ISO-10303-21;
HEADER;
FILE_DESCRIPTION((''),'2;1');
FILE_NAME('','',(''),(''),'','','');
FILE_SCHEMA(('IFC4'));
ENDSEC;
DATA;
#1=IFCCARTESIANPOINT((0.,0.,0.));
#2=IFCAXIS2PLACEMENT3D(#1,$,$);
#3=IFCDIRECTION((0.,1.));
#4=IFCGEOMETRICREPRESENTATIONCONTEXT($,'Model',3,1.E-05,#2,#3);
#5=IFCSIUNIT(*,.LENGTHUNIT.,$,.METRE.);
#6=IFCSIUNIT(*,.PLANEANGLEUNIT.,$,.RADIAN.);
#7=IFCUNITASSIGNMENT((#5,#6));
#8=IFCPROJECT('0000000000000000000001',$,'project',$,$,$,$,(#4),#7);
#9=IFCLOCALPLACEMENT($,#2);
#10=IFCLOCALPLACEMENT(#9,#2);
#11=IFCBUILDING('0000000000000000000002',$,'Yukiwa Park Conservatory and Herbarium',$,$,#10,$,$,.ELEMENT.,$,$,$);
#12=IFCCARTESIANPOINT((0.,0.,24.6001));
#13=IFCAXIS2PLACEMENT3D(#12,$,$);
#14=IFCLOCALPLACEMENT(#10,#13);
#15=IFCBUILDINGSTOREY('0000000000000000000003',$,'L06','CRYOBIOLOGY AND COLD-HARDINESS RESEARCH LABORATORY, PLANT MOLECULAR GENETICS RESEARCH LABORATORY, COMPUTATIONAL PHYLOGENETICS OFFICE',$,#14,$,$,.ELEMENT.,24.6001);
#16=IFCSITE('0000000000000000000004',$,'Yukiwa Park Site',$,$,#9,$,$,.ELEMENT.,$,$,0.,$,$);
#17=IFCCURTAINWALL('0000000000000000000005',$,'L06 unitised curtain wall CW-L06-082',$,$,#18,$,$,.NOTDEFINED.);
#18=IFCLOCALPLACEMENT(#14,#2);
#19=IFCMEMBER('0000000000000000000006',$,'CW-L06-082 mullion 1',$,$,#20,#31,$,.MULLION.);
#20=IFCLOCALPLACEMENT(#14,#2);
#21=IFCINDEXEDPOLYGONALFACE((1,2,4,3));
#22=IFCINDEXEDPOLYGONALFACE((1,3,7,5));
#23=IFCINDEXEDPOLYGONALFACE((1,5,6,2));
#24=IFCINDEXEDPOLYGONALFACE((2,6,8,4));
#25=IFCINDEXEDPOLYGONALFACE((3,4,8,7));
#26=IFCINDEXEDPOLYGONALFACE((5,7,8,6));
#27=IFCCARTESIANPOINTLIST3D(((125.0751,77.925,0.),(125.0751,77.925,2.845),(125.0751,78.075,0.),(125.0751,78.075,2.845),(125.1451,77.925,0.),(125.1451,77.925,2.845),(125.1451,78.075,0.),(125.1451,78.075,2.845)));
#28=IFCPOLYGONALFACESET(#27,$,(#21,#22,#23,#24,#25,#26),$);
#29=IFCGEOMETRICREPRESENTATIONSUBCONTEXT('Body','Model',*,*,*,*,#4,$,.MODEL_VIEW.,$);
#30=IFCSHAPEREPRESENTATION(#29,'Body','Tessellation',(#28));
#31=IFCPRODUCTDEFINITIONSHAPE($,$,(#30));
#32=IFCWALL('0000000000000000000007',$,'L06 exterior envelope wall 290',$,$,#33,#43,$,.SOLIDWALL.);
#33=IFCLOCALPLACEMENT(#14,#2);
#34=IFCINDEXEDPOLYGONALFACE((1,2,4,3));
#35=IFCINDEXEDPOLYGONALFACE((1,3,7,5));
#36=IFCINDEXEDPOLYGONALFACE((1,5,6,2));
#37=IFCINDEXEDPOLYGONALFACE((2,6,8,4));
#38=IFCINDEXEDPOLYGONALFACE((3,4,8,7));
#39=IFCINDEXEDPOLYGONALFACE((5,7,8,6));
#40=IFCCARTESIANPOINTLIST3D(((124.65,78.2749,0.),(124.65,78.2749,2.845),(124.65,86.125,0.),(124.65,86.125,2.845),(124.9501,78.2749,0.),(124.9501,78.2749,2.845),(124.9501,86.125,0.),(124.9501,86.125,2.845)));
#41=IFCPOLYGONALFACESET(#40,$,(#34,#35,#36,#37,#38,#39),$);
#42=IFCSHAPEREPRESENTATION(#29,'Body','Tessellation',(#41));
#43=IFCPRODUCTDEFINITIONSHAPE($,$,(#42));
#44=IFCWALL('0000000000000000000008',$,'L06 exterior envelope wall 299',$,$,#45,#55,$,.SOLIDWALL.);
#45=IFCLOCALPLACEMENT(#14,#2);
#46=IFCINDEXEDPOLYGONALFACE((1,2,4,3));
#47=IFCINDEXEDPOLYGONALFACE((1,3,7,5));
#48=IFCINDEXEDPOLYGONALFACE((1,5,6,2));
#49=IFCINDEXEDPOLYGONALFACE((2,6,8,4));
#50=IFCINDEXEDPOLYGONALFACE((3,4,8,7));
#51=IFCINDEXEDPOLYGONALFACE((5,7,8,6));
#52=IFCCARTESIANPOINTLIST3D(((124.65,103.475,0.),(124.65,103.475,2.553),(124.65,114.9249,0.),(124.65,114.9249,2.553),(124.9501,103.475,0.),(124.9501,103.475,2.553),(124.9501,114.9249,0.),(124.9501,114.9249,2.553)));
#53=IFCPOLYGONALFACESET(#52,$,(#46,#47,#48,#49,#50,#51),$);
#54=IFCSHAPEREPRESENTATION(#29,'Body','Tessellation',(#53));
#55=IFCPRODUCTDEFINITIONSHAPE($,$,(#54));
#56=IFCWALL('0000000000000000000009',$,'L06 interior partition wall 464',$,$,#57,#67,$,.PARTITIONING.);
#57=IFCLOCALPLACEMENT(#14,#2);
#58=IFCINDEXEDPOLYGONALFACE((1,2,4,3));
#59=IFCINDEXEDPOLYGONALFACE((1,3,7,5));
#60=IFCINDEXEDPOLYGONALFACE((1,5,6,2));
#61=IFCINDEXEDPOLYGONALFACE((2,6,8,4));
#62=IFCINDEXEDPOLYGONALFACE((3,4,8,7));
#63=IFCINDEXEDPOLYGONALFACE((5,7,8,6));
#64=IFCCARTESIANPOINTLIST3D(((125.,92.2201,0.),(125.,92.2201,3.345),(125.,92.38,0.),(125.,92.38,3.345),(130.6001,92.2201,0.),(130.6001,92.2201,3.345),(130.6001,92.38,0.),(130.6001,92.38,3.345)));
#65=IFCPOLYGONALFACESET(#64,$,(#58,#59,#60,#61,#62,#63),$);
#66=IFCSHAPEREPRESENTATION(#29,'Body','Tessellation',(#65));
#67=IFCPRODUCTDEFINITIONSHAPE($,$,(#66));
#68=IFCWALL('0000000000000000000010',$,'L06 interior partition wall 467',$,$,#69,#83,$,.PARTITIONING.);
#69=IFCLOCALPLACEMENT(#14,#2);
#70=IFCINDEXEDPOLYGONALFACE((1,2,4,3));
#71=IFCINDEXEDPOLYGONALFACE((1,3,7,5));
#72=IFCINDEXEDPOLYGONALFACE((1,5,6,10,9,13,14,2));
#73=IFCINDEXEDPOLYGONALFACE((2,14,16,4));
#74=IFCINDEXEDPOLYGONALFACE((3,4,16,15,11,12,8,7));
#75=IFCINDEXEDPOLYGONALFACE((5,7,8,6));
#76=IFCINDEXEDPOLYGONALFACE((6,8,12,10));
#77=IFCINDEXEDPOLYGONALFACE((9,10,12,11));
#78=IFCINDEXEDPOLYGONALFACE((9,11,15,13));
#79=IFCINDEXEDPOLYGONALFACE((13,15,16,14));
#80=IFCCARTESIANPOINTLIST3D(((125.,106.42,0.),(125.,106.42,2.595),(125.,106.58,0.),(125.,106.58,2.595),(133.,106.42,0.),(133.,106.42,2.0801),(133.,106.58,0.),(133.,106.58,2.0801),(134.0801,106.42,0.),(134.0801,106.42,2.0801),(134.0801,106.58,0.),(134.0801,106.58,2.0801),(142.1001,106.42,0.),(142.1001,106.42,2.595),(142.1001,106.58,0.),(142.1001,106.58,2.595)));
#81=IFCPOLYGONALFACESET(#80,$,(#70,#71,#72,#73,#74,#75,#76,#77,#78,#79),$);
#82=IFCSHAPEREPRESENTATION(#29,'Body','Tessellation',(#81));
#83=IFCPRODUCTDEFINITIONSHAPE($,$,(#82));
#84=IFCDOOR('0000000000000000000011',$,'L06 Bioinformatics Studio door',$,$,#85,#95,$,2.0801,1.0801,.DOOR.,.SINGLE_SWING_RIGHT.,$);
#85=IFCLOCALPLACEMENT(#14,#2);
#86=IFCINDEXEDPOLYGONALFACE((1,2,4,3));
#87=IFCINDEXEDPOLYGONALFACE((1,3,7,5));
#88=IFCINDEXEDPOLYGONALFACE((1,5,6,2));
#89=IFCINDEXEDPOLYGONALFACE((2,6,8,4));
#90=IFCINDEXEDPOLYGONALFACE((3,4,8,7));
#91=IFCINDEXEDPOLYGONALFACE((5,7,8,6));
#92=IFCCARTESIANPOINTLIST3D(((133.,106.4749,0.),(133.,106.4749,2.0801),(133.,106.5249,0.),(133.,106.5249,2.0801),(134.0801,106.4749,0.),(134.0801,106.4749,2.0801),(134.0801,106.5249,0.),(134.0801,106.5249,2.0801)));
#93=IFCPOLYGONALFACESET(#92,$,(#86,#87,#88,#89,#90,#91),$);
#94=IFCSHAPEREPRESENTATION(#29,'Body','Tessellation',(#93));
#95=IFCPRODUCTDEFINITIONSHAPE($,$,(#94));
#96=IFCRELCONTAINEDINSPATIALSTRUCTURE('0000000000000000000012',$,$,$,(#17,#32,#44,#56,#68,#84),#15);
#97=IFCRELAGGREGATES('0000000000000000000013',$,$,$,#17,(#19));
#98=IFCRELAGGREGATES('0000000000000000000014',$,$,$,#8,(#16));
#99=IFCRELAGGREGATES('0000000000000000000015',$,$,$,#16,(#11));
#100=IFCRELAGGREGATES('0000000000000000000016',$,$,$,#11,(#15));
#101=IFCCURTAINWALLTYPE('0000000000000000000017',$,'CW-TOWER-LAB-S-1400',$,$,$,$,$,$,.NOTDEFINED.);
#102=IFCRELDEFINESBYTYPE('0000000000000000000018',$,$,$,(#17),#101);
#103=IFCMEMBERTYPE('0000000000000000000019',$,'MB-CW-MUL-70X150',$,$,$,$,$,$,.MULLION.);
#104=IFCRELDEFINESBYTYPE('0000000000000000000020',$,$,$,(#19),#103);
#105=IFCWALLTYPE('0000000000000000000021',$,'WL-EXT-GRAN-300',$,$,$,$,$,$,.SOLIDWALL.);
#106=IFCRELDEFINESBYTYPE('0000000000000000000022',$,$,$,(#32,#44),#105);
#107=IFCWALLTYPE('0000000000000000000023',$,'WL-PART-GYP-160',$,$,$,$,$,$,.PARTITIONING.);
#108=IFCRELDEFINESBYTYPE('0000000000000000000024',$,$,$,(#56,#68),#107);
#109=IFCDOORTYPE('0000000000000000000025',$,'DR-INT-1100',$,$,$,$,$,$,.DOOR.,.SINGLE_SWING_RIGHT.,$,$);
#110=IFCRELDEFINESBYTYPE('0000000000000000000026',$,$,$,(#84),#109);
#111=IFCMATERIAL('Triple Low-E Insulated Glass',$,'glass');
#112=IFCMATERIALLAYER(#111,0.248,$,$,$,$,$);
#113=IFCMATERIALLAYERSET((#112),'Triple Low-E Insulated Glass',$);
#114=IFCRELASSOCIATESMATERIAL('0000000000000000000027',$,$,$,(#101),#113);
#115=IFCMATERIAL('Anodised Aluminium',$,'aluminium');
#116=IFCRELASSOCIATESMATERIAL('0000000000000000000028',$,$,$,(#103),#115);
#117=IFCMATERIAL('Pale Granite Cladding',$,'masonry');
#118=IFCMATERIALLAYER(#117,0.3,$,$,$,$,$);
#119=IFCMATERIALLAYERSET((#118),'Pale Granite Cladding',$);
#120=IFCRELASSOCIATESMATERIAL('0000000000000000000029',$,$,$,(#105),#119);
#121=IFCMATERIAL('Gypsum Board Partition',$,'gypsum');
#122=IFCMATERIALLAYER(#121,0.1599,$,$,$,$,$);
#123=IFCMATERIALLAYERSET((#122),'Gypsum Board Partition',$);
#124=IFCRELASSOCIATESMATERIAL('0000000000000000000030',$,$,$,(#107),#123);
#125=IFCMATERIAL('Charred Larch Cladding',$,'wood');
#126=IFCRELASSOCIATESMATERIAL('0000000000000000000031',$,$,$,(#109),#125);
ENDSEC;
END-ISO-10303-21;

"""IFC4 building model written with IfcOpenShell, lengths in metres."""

from ifc_helpers import new_model, si_unit, direction, frame, frame_2d, origin, origin_2d, place, context, subcontext, project, spatial, rectangle, extrude, material, layer, layer_set, type_object, element, fill, aggregate, save


model = new_model("IFC4")

# Units and contexts
model_context = context("Model", 3, precision=1e-05, world=origin(), true_north=direction((0.0, 1.0)))
body_context = subcontext(model_context, "Body", "Model", "MODEL_VIEW")
ifc_project = project(units=[si_unit("LENGTHUNIT", "METRE"), si_unit("PLANEANGLEUNIT", "RADIAN")], contexts=[model_context])

# Site, building, storey
site_placement = place(None, origin())
site = spatial("IfcSite", under=ifc_project, at=site_placement, Name="Yukiwa Park Site", CompositionType="ELEMENT", RefElevation=0.0)
building_placement = place(site_placement, origin())
building = spatial("IfcBuilding", under=site, at=building_placement, Name="Yukiwa Park Conservatory and Herbarium", CompositionType="ELEMENT")
storey_placement = place(building_placement, frame((0.0, 0.0, 24.6001)))
storey = spatial("IfcBuildingStorey", under=building, at=storey_placement, Name="L06", Description="CRYOBIOLOGY AND COLD-HARDINESS RESEARCH LABORATORY, PLANT MOLECULAR GENETICS RESEARCH LABORATORY, COMPUTATIONAL PHYLOGENETICS OFFICE", CompositionType="ELEMENT", Elevation=24.6001)

# Curtain wall, member
ifc_material_1 = material(Name="Triple Low-E Insulated Glass", Category="glass")
ifc_layer_1 = layer(ifc_material_1, 0.248)
ifc_layer_set_1 = layer_set([ifc_layer_1], Name="Triple Low-E Insulated Glass")
curtain_wall_type = type_object("IfcCurtainWallType", Name="CW-TOWER-LAB-S-1400", PredefinedType="NOTDEFINED", material=ifc_layer_set_1)
curtain_wall_placement = place(storey_placement, origin())
curtain_wall = element("IfcCurtainWall", 1, at=curtain_wall_placement, inside=storey, type_object=curtain_wall_type, Name="L06 unitised curtain wall CW-L06-082", PredefinedType="NOTDEFINED")
ifc_material_2 = material(Name="Anodised Aluminium", Category="aluminium")
member_type = type_object("IfcMemberType", Name="MB-CW-MUL-70X150", PredefinedType="MULLION", material=ifc_material_2)
member_placement = place(storey_placement, frame((125.1101, 78.0, 0.0), z_axis=(0.0, 0.0, 1.0), x_axis=(1.0, 0.0, 0.0)))
member = element("IfcMember", 2, at=member_placement, type_object=member_type, Name="CW-L06-082 mullion 1", PredefinedType="MULLION", context=body_context, shape_type="SweptSolid", body=[
    extrude(rectangle(XDim=0.0701, YDim=0.1499, at=origin_2d()), origin(), (0.0, 0.0, 1.0), 2.845),
])
aggregate(curtain_wall, [member])

# Walls
ifc_material_3 = material(Name="Pale Granite Cladding", Category="masonry")
ifc_layer_2 = layer(ifc_material_3, 0.3)
ifc_layer_set_2 = layer_set([ifc_layer_2], Name="Pale Granite Cladding")
wall_type_1 = type_object("IfcWallType", Name="WL-EXT-GRAN-300", PredefinedType="SOLIDWALL", material=ifc_layer_set_2)
wall_1_placement = place(storey_placement, frame((124.8, 86.125, 0.0), z_axis=(0.0, 0.0, 1.0), x_axis=(0.0, -1.0, 0.0)))
element("IfcWall", 3, at=wall_1_placement, inside=storey, type_object=wall_type_1, Name="L06 exterior envelope wall 290", PredefinedType="SOLIDWALL", context=body_context, shape_type="SweptSolid", body=[
    extrude(rectangle(XDim=7.8501, YDim=0.3, at=frame_2d((3.925, 0.0))), origin(), (0.0, 0.0, 1.0), 2.845),
])
wall_2_placement = place(storey_placement, frame((124.8, 114.925, 0.0), z_axis=(0.0, 0.0, 1.0), x_axis=(0.0, -1.0, 0.0)))
element("IfcWall", 4, at=wall_2_placement, inside=storey, type_object=wall_type_1, Name="L06 exterior envelope wall 299", PredefinedType="SOLIDWALL", context=body_context, shape_type="SweptSolid", body=[
    extrude(rectangle(XDim=11.45, YDim=0.3, at=frame_2d((5.7251, 0.0))), origin(), (0.0, 0.0, 1.0), 2.553),
])
ifc_material_4 = material(Name="Gypsum Board Partition", Category="gypsum")
ifc_layer_3 = layer(ifc_material_4, 0.1599)
ifc_layer_set_3 = layer_set([ifc_layer_3], Name="Gypsum Board Partition")
wall_type_2 = type_object("IfcWallType", Name="WL-PART-GYP-160", PredefinedType="PARTITIONING", material=ifc_layer_set_3)
wall_3_placement = place(storey_placement, frame((125.0, 92.3, 0.0), z_axis=(0.0, 0.0, 1.0), x_axis=(1.0, 0.0, 0.0)))
element("IfcWall", 5, at=wall_3_placement, inside=storey, type_object=wall_type_2, Name="L06 interior partition wall 464", PredefinedType="PARTITIONING", context=body_context, shape_type="SweptSolid", body=[
    extrude(rectangle(XDim=5.6001, YDim=0.1599, at=frame_2d((2.8, 0.0))), origin(), (0.0, 0.0, 1.0), 3.345),
])

# Wall, opening, door
wall_4_placement = place(storey_placement, frame((125.0, 106.5, 0.0), z_axis=(0.0, 0.0, 1.0), x_axis=(1.0, 0.0, 0.0)))
wall_4 = element("IfcWall", 6, at=wall_4_placement, inside=storey, type_object=wall_type_2, Name="L06 interior partition wall 467", PredefinedType="PARTITIONING", context=body_context, shape_type="SweptSolid", body=[
    extrude(rectangle(XDim=17.1001, YDim=0.1599, at=frame_2d((8.55, 0.0))), origin(), (0.0, 0.0, 1.0), 2.595),
])
opening_placement = place(wall_4_placement, frame((8.0, 0.0, 0.0)))
opening = element("IfcOpeningElement", 7, at=opening_placement, cuts=wall_4, PredefinedType="OPENING", context=body_context, shape_type="SweptSolid", body=[
    extrude(rectangle(XDim=1.0801, YDim=2.0801, at=frame_2d((0.54, 1.04))), frame((0.0, 0.0898, 0.0), z_axis=(0.0, -1.0, 0.0), x_axis=(1.0, 0.0, 0.0)), (0.0, 0.0, 1.0), 0.1799),
])
ifc_material_5 = material(Name="Charred Larch Cladding", Category="wood")
door_type = type_object("IfcDoorType", Name="DR-INT-1100", OperationType="SINGLE_SWING_RIGHT", PredefinedType="DOOR", material=ifc_material_5)
door_placement = place(opening_placement, origin())
door = element("IfcDoor", 8, at=door_placement, inside=storey, type_object=door_type, Name="L06 Bioinformatics Studio door", OperationType="SINGLE_SWING_RIGHT", OverallHeight=2.0801, OverallWidth=1.0801, PredefinedType="DOOR", context=body_context, shape_type="SweptSolid", body=[
    extrude(rectangle(XDim=1.0801, YDim=2.0801, at=frame_2d((0.54, 1.04))), frame((0.0, 0.0249, 0.0), z_axis=(0.0, -1.0, 0.0), x_axis=(1.0, 0.0, 0.0)), (0.0, 0.0, 1.0), 0.05),
])
fill(opening, door)

save(model, "model.ifc")
